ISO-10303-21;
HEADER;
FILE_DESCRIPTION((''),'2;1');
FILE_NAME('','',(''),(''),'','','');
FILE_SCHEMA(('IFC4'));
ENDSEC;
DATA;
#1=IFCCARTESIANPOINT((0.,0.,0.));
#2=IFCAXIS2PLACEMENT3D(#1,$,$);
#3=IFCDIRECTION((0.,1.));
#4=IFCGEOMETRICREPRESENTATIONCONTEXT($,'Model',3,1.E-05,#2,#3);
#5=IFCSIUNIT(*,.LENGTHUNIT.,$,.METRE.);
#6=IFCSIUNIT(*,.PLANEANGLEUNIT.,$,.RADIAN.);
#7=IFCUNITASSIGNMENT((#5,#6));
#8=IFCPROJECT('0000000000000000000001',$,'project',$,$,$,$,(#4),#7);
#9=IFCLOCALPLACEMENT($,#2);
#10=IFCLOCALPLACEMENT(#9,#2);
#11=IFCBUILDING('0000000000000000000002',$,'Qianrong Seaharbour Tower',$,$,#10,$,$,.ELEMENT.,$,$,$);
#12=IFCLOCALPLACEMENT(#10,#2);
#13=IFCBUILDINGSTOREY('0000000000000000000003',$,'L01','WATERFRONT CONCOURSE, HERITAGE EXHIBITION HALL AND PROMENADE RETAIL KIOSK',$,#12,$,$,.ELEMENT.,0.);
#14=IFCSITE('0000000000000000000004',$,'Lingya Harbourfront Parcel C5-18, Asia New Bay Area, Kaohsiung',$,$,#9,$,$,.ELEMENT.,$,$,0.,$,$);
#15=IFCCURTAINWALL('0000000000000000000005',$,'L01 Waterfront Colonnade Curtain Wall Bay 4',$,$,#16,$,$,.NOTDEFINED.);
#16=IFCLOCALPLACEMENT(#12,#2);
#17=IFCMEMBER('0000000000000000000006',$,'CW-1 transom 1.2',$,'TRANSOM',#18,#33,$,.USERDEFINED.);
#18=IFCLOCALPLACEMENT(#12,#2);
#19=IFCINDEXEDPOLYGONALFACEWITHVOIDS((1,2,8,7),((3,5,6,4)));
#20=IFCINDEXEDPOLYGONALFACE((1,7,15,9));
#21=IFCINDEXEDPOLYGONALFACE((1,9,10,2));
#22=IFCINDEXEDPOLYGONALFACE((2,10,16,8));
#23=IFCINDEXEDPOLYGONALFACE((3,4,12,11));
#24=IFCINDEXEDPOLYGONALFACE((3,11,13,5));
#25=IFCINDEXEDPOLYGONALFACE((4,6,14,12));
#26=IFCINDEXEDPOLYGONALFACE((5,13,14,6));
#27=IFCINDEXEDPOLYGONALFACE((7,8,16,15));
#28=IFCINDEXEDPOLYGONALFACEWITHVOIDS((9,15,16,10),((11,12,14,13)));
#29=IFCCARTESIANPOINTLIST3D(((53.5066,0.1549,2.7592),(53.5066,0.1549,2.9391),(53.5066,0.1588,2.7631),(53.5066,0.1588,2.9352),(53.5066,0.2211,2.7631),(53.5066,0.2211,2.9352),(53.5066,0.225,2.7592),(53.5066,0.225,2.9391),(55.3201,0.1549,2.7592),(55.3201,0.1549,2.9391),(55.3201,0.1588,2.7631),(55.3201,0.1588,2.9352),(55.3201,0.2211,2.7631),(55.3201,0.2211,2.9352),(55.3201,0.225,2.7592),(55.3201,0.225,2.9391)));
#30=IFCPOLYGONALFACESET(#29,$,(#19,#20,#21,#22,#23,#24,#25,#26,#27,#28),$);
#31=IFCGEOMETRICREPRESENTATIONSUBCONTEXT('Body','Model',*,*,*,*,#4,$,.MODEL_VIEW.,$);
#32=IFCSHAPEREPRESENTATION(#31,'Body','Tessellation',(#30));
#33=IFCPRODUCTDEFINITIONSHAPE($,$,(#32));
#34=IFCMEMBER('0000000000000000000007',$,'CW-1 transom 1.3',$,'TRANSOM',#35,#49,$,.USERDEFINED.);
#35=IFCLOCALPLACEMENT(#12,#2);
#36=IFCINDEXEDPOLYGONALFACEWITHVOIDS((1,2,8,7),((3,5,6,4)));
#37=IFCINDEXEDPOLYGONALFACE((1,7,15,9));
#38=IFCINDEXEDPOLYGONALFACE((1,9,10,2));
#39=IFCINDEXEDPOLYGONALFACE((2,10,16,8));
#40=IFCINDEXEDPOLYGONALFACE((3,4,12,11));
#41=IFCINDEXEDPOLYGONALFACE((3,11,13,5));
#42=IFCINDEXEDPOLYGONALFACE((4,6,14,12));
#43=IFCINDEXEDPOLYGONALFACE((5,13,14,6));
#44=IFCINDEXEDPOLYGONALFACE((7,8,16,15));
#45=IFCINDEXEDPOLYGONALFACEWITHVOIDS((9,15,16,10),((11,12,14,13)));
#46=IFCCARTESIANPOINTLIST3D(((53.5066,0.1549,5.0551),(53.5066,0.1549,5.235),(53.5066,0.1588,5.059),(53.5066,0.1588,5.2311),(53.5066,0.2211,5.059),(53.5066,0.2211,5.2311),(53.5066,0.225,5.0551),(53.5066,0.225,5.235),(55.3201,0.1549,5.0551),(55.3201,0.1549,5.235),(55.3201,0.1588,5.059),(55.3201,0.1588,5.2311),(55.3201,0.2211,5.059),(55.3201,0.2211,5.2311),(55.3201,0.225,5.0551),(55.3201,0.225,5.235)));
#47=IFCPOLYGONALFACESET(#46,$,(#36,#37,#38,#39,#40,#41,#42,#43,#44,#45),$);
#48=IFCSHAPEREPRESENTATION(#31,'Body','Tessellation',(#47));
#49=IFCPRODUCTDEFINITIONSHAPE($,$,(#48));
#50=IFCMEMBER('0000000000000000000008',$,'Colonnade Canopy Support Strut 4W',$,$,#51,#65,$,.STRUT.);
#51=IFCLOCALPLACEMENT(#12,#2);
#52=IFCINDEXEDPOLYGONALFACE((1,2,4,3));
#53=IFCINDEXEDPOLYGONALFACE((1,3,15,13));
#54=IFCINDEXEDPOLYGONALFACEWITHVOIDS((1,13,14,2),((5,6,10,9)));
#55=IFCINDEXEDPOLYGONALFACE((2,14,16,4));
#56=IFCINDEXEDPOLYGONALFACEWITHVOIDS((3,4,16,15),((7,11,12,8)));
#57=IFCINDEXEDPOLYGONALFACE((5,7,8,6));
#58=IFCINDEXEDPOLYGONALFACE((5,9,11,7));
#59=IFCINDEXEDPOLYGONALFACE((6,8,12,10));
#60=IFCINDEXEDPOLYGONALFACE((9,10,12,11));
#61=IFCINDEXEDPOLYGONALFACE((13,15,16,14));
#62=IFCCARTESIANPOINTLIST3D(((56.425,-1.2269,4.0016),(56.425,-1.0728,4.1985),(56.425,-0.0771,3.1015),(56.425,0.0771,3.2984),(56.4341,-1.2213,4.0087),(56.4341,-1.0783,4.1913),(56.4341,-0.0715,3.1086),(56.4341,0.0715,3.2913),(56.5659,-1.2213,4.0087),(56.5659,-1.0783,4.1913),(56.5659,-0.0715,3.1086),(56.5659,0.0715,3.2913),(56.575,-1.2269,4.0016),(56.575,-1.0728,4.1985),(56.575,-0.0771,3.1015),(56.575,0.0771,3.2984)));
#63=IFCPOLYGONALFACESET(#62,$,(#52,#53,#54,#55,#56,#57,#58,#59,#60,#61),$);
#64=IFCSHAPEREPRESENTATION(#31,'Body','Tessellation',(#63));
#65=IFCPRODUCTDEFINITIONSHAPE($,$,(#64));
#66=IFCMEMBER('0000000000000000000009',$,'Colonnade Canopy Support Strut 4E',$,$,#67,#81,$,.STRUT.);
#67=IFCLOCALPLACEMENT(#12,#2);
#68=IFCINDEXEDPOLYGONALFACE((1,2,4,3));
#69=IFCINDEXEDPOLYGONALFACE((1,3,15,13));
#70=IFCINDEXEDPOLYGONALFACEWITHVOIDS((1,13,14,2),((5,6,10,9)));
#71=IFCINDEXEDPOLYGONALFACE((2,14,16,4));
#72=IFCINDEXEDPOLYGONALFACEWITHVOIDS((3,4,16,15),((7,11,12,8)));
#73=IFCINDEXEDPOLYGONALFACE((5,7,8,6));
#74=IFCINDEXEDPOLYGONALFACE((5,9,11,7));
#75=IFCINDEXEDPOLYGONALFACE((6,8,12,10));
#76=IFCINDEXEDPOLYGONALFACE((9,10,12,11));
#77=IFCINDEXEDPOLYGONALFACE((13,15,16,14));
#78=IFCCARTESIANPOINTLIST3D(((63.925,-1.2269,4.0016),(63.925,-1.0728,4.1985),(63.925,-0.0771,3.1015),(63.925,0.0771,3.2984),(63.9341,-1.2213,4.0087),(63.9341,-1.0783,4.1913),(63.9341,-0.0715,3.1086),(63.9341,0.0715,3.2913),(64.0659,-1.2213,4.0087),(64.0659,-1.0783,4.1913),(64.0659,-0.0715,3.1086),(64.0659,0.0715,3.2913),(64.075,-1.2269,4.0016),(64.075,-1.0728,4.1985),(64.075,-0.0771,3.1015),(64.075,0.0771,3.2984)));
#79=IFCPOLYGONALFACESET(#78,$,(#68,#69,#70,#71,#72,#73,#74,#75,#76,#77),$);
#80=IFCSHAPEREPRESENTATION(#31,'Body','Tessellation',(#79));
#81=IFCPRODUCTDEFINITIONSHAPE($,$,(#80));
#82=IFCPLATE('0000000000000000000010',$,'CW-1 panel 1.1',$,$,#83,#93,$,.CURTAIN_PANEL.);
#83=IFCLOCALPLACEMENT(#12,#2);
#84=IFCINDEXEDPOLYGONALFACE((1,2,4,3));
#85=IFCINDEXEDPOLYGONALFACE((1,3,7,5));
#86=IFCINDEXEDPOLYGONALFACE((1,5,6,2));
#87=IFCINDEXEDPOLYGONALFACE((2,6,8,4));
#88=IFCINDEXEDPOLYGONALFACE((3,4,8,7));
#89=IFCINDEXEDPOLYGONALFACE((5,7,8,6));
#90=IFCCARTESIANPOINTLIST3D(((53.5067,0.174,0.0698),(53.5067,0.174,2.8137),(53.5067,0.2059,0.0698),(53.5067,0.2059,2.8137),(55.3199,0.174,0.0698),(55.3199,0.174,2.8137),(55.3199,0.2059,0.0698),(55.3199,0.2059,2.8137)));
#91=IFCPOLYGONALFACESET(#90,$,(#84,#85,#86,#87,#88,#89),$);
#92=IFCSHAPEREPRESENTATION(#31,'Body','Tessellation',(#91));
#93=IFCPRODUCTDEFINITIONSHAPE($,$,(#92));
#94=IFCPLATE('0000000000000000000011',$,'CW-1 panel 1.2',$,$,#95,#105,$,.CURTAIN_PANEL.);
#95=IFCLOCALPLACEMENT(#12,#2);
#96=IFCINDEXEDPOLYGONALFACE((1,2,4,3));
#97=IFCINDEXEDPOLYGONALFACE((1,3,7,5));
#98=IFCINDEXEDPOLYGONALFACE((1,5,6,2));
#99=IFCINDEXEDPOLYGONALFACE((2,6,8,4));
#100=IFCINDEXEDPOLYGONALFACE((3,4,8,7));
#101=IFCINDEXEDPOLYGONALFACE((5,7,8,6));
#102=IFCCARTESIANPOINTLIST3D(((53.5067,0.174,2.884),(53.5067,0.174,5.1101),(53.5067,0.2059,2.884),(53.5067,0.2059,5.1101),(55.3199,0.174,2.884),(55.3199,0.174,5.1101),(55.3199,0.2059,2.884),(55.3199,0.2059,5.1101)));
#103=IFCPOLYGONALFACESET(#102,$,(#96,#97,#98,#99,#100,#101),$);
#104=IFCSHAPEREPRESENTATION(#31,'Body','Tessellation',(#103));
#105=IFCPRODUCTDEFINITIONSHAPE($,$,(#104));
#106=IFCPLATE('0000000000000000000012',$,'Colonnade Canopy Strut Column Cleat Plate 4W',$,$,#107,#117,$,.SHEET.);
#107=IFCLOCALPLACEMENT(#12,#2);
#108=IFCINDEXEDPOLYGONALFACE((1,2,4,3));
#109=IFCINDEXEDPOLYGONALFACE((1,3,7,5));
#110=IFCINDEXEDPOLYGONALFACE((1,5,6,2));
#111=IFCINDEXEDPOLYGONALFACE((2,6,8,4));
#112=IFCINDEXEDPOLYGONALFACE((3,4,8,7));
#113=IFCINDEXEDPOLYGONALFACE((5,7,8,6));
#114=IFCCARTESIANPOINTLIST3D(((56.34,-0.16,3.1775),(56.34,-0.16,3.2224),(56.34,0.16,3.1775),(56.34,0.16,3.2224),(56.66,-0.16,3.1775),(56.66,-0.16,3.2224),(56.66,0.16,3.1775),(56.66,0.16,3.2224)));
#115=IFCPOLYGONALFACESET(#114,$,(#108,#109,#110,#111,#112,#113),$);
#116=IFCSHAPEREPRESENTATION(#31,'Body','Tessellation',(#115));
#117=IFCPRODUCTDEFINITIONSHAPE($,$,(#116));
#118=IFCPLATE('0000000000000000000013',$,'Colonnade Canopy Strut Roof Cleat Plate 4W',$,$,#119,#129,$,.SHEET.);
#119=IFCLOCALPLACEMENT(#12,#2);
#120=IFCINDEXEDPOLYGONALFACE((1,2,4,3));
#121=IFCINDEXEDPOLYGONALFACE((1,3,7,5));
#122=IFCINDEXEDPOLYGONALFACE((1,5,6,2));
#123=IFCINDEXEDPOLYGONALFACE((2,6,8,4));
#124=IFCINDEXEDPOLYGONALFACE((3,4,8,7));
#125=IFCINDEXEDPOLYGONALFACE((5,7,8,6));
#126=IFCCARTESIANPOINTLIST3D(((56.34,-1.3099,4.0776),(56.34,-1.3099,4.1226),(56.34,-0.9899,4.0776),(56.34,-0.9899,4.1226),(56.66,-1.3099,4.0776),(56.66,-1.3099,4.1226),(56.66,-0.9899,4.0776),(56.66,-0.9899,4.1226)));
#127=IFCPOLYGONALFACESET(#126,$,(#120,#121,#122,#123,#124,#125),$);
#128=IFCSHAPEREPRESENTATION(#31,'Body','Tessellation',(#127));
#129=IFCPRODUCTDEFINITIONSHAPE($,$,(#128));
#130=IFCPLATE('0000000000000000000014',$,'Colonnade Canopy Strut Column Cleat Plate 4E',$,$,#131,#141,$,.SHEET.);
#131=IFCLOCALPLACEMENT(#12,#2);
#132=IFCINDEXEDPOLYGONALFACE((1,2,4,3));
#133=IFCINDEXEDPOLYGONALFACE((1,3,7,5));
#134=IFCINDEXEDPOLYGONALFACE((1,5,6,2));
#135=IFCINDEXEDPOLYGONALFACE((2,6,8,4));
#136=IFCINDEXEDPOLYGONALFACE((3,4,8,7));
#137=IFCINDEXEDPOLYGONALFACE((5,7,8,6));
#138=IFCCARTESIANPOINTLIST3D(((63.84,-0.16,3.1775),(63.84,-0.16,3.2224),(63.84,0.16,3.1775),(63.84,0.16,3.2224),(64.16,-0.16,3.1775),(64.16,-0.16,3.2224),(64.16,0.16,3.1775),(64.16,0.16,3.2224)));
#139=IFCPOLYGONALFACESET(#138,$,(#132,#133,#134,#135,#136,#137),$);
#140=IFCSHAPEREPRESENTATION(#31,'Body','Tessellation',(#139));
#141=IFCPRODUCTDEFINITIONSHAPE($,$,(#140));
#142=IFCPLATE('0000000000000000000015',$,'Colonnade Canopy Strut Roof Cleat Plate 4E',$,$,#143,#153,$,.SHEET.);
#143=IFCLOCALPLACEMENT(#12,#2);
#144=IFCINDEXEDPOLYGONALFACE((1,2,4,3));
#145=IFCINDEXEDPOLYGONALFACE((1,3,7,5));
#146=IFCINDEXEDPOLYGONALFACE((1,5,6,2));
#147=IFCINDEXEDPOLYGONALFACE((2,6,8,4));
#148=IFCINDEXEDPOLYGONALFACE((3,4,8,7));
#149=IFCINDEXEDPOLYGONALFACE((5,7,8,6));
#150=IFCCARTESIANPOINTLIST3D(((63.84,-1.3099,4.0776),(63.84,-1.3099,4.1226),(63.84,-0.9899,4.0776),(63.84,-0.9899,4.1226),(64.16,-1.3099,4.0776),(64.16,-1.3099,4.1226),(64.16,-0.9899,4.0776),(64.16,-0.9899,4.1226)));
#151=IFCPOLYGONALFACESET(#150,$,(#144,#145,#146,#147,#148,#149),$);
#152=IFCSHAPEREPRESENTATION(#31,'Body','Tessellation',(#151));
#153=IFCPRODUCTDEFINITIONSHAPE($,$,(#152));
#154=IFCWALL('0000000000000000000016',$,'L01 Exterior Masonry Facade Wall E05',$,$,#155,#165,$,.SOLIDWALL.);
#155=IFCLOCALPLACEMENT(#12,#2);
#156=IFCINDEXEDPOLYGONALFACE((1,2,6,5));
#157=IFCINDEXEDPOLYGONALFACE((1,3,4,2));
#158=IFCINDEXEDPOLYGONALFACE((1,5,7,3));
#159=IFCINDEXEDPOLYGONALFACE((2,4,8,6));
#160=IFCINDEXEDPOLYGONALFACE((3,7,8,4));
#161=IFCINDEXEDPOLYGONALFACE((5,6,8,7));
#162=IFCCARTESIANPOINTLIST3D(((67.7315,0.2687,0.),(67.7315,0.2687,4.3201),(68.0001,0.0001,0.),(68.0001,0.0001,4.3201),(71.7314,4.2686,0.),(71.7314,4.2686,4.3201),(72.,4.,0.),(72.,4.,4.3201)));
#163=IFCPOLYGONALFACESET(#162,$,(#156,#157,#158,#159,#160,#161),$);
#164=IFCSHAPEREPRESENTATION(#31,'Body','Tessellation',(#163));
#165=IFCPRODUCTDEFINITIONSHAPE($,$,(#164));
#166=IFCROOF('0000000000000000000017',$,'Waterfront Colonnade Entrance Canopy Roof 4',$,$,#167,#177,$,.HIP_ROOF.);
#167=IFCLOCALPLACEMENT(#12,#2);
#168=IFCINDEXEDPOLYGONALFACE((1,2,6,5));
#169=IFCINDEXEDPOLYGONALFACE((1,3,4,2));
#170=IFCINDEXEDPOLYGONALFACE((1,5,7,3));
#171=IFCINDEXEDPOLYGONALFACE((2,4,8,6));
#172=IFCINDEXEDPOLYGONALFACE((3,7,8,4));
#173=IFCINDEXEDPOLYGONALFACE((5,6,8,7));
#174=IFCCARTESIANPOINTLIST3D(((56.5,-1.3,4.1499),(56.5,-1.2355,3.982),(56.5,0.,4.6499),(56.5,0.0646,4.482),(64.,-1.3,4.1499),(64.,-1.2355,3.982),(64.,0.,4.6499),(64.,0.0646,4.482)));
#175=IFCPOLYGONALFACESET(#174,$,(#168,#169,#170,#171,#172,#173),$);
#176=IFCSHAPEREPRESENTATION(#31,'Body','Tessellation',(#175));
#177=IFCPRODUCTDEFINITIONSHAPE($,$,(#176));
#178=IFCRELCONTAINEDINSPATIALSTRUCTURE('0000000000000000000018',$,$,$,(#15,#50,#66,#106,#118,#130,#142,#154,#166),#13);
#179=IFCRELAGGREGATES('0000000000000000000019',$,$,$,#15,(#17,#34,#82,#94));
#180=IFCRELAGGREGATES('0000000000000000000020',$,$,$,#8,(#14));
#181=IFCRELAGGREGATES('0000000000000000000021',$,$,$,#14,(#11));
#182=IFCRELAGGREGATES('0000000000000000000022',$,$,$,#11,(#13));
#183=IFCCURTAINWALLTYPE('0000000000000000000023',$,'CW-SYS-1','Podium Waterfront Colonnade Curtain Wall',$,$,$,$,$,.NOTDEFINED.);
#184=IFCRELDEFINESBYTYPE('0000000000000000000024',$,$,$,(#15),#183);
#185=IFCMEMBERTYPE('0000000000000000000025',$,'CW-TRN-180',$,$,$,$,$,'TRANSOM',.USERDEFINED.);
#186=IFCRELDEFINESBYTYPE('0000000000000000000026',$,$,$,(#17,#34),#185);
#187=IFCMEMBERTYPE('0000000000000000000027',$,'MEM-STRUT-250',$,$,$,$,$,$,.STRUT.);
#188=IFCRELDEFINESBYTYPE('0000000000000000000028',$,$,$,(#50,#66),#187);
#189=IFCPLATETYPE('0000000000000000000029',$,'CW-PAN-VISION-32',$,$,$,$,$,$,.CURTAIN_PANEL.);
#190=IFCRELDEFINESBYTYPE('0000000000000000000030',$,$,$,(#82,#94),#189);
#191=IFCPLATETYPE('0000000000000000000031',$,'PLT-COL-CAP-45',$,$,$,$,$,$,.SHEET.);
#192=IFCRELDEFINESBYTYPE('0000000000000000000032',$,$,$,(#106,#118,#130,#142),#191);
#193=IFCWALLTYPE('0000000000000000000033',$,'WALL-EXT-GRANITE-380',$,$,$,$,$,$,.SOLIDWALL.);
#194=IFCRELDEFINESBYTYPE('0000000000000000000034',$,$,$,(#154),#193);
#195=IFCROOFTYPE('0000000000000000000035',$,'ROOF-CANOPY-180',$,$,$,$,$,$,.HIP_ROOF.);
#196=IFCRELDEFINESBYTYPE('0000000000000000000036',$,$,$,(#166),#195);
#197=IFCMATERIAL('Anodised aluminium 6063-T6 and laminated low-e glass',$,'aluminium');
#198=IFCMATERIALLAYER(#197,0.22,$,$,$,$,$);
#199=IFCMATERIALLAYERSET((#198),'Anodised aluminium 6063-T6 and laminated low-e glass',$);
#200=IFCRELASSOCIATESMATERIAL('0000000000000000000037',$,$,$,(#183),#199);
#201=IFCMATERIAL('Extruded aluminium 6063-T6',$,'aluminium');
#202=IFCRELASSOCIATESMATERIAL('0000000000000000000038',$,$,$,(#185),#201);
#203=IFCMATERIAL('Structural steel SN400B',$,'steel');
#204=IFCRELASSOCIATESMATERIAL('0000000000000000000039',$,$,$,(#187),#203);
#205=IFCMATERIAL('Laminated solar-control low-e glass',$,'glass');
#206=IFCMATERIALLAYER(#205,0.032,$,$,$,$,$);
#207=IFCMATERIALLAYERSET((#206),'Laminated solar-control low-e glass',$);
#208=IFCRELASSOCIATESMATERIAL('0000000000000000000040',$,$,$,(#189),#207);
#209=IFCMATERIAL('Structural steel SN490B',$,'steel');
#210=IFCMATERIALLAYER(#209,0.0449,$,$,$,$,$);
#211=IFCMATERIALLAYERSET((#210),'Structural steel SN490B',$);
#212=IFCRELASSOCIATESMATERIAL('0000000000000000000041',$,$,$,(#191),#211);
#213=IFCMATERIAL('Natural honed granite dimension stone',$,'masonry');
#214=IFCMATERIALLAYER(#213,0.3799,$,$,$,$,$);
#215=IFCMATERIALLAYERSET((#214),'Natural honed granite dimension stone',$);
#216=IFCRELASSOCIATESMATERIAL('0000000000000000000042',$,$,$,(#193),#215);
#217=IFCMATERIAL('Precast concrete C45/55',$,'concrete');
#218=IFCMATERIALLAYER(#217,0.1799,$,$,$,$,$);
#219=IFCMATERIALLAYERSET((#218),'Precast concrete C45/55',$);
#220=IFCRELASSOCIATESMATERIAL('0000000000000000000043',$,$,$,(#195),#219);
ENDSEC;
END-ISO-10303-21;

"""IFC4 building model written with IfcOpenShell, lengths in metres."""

from ifc_helpers import new_model, si_unit, direction, frame, frame_2d, origin, origin_2d, place, context, subcontext, project, spatial, polyline, rectangle, hollow_rectangle, outline, extrude, material, layer, layer_set, material_profile, profile_set, type_object, element, aggregate, save


model = new_model("IFC4")

# Units and contexts
model_context = context("Model", 3, precision=1e-05, world=origin(), true_north=direction((0.0, 1.0)))
body_context = subcontext(model_context, "Body", "Model", "MODEL_VIEW")
ifc_project = project(units=[si_unit("LENGTHUNIT", "METRE"), si_unit("PLANEANGLEUNIT", "RADIAN")], contexts=[model_context])

# Site, building, storey
site_placement = place(None, origin())
site = spatial("IfcSite", under=ifc_project, at=site_placement, Name="Lingya Harbourfront Parcel C5-18, Asia New Bay Area, Kaohsiung", CompositionType="ELEMENT", RefElevation=0.0)
building_placement = place(site_placement, origin())
building = spatial("IfcBuilding", under=site, at=building_placement, Name="Qianrong Seaharbour Tower", CompositionType="ELEMENT")
storey_placement = place(building_placement, origin())
storey = spatial("IfcBuildingStorey", under=building, at=storey_placement, Name="L01", Description="WATERFRONT CONCOURSE, HERITAGE EXHIBITION HALL AND PROMENADE RETAIL KIOSK", CompositionType="ELEMENT", Elevation=0.0)

# Shared definitions
ifc_material_1 = material(Name="Structural steel SN490B", Category="steel")
ifc_material_2 = material(Name="Structural steel SN400B", Category="steel")

# Curtain wall, members
ifc_material_3 = material(Name="Anodised aluminium 6063-T6 and laminated low-e glass", Category="aluminium")
ifc_layer_1 = layer(ifc_material_3, 0.22)
ifc_layer_set_1 = layer_set([ifc_layer_1], Name="Anodised aluminium 6063-T6 and laminated low-e glass")
curtain_wall_type = type_object("IfcCurtainWallType", Name="CW-SYS-1", Description="Podium Waterfront Colonnade Curtain Wall", PredefinedType="NOTDEFINED", material=ifc_layer_set_1)
curtain_wall_placement = place(storey_placement, origin())
curtain_wall = element("IfcCurtainWall", 1, at=curtain_wall_placement, inside=storey, type_object=curtain_wall_type, Name="L01 Waterfront Colonnade Curtain Wall Bay 4", PredefinedType="NOTDEFINED")
ifc_material_4 = material(Name="Extruded aluminium 6063-T6", Category="aluminium")
ifc_material_profile_1 = material_profile(ifc_material_4, hollow_rectangle(XDim=0.0701, YDim=0.1799, WallThickness=0.0039, at=origin_2d()), Name="ALU-TRN-180x70x4")
ifc_profile_set_1 = profile_set([ifc_material_profile_1], Name="Extruded aluminium 6063-T6")
member_type_1 = type_object("IfcMemberType", Name="CW-TRN-180", ElementType="TRANSOM", PredefinedType="USERDEFINED", material=ifc_profile_set_1)
member_1_placement = place(storey_placement, frame((55.3201, 0.1899, 2.8491), z_axis=(-1.0, 0.0, 0.0), x_axis=(0.0, -1.0, 0.0)))
member_1 = element("IfcMember", 2, at=member_1_placement, type_object=member_type_1, Name="CW-1 transom 1.2", ObjectType="TRANSOM", PredefinedType="USERDEFINED", context=body_context, shape_type="SweptSolid", body=[
    extrude(hollow_rectangle(XDim=0.0701, YDim=0.1799, WallThickness=0.0039, at=origin_2d()), origin(), (0.0, 0.0, 1.0), 1.8135),
])
member_2_placement = place(storey_placement, frame((55.3201, 0.1899, 5.145), z_axis=(-1.0, 0.0, 0.0), x_axis=(0.0, -1.0, 0.0)))
member_2 = element("IfcMember", 3, at=member_2_placement, type_object=member_type_1, Name="CW-1 transom 1.3", ObjectType="TRANSOM", PredefinedType="USERDEFINED", context=body_context, shape_type="SweptSolid", body=[
    extrude(hollow_rectangle(XDim=0.0701, YDim=0.1799, WallThickness=0.0039, at=origin_2d()), origin(), (0.0, 0.0, 1.0), 1.8135),
])

# Members
ifc_material_profile_2 = material_profile(ifc_material_2, hollow_rectangle(XDim=0.1499, YDim=0.25, WallThickness=0.009, at=origin_2d()), Name="RHS250x150x9")
ifc_profile_set_2 = profile_set([ifc_material_profile_2], Name="Structural steel SN400B")
member_type_2 = type_object("IfcMemberType", Name="MEM-STRUT-250", PredefinedType="STRUT", material=ifc_profile_set_2)
for number, where, z_axis, x_axis, name in (
    (4, (56.5, 0.0, 3.2), (0.0, -0.787431, 0.616403), (1.0, 0.0, 0.0), "Colonnade Canopy Support Strut 4W"),
    (5, (64.0, 0.0, 3.2), (0.0, -0.787431, 0.616403), (1.0, 0.0, 0.0), "Colonnade Canopy Support Strut 4E"),
):
    element("IfcMember", number, at=place(storey_placement, frame(where, z_axis=z_axis, x_axis=x_axis)), inside=storey, type_object=member_type_2, Name=name, PredefinedType="STRUT", context=body_context, shape_type="SweptSolid", body=[
        extrude(hollow_rectangle(XDim=0.1499, YDim=0.25, WallThickness=0.009, at=origin_2d()), origin(), (0.0, 0.0, 1.0), 1.4602),
    ])

# Plates
ifc_material_5 = material(Name="Laminated solar-control low-e glass", Category="glass")
ifc_layer_2 = layer(ifc_material_5, 0.032)
ifc_layer_set_2 = layer_set([ifc_layer_2], Name="Laminated solar-control low-e glass")
plate_type_1 = type_object("IfcPlateType", Name="CW-PAN-VISION-32", PredefinedType="CURTAIN_PANEL", material=ifc_layer_set_2)
plate_1_placement = place(storey_placement, frame((54.4133, 0.1899, 0.0698), z_axis=(0.0, 0.0, 1.0), x_axis=(-1.0, 0.0, 0.0)))
plate_1 = element("IfcPlate", 6, at=plate_1_placement, type_object=plate_type_1, Name="CW-1 panel 1.1", PredefinedType="CURTAIN_PANEL", context=body_context, shape_type="SweptSolid", body=[
    extrude(rectangle(XDim=1.8132, YDim=0.032, at=origin_2d()), origin(), (0.0, 0.0, 1.0), 2.7439),
])
plate_2_placement = place(storey_placement, frame((54.4133, 0.1899, 2.884), z_axis=(0.0, 0.0, 1.0), x_axis=(-1.0, 0.0, 0.0)))
plate_2 = element("IfcPlate", 7, at=plate_2_placement, type_object=plate_type_1, Name="CW-1 panel 1.2", PredefinedType="CURTAIN_PANEL", context=body_context, shape_type="SweptSolid", body=[
    extrude(rectangle(XDim=1.8132, YDim=0.032, at=origin_2d()), origin(), (0.0, 0.0, 1.0), 2.2261),
])
aggregate(curtain_wall, [member_1, member_2, plate_1, plate_2])

# Plates
ifc_layer_3 = layer(ifc_material_1, 0.0449)
ifc_layer_set_3 = layer_set([ifc_layer_3], Name="Structural steel SN490B")
plate_type_2 = type_object("IfcPlateType", Name="PLT-COL-CAP-45", PredefinedType="SHEET", material=ifc_layer_set_3)
for number, where, z_axis, x_axis, name in (
    (8, (56.5, 0.0, 3.1775), (0.0, 0.0, 1.0), (1.0, 0.0, 0.0), "Colonnade Canopy Strut Column Cleat Plate 4W"),
    (9, (56.5, -1.1499, 4.0776), (0.0, 0.0, 1.0), (1.0, 0.0, 0.0), "Colonnade Canopy Strut Roof Cleat Plate 4W"),
    (10, (64.0, 0.0, 3.1775), (0.0, 0.0, 1.0), (1.0, 0.0, 0.0), "Colonnade Canopy Strut Column Cleat Plate 4E"),
    (11, (64.0, -1.1499, 4.0776), (0.0, 0.0, 1.0), (1.0, 0.0, 0.0), "Colonnade Canopy Strut Roof Cleat Plate 4E"),
):
    element("IfcPlate", number, at=place(storey_placement, frame(where, z_axis=z_axis, x_axis=x_axis)), inside=storey, type_object=plate_type_2, Name=name, PredefinedType="SHEET", context=body_context, shape_type="SweptSolid", body=[
        extrude(rectangle(XDim=0.3201, YDim=0.3201, at=origin_2d()), origin(), (0.0, 0.0, 1.0), 0.0449),
    ])

# Wall
ifc_material_6 = material(Name="Natural honed granite dimension stone", Category="masonry")
ifc_layer_4 = layer(ifc_material_6, 0.3799)
ifc_layer_set_4 = layer_set([ifc_layer_4], Name="Natural honed granite dimension stone")
wall_type = type_object("IfcWallType", Name="WALL-EXT-GRANITE-380", PredefinedType="SOLIDWALL", material=ifc_layer_set_4)
wall_1_placement = place(storey_placement, frame((71.8657, 4.1343, 0.0), z_axis=(0.0, 0.0, 1.0), x_axis=(-0.707107, -0.707107, 0.0)))
element("IfcWall", 12, at=wall_1_placement, inside=storey, type_object=wall_type, Name="L01 Exterior Masonry Facade Wall E05", PredefinedType="SOLIDWALL", context=body_context, shape_type="SweptSolid", body=[
    extrude(rectangle(XDim=5.6567, YDim=0.3799, at=frame_2d((2.8284, 0.0))), origin(), (0.0, 0.0, 1.0), 4.3201),
])

# Roof
ifc_material_7 = material(Name="Precast concrete C45/55", Category="concrete")
ifc_layer_5 = layer(ifc_material_7, 0.1799)
ifc_layer_set_5 = layer_set([ifc_layer_5], Name="Precast concrete C45/55")
roof_type = type_object("IfcRoofType", Name="ROOF-CANOPY-180", PredefinedType="HIP_ROOF", material=ifc_layer_set_5)
roof_placement = place(storey_placement, frame((56.5, -1.3, 4.1499), z_axis=(0.0, -0.358967, 0.93335), x_axis=(1.0, 0.0, 0.0)))
element("IfcRoof", 13, at=roof_placement, inside=storey, type_object=roof_type, Name="Waterfront Colonnade Entrance Canopy Roof 4", PredefinedType="HIP_ROOF", context=body_context, shape_type="SweptSolid", body=[
    extrude(outline(polyline([(0.0, 0.0), (7.5, 0.0), (7.5, 1.3929), (0.0, 1.3929), (0.0, 0.0)])), origin(), (0.0, 0.0, -1.0), 0.1799),
])

save(model, "model.ifc")
